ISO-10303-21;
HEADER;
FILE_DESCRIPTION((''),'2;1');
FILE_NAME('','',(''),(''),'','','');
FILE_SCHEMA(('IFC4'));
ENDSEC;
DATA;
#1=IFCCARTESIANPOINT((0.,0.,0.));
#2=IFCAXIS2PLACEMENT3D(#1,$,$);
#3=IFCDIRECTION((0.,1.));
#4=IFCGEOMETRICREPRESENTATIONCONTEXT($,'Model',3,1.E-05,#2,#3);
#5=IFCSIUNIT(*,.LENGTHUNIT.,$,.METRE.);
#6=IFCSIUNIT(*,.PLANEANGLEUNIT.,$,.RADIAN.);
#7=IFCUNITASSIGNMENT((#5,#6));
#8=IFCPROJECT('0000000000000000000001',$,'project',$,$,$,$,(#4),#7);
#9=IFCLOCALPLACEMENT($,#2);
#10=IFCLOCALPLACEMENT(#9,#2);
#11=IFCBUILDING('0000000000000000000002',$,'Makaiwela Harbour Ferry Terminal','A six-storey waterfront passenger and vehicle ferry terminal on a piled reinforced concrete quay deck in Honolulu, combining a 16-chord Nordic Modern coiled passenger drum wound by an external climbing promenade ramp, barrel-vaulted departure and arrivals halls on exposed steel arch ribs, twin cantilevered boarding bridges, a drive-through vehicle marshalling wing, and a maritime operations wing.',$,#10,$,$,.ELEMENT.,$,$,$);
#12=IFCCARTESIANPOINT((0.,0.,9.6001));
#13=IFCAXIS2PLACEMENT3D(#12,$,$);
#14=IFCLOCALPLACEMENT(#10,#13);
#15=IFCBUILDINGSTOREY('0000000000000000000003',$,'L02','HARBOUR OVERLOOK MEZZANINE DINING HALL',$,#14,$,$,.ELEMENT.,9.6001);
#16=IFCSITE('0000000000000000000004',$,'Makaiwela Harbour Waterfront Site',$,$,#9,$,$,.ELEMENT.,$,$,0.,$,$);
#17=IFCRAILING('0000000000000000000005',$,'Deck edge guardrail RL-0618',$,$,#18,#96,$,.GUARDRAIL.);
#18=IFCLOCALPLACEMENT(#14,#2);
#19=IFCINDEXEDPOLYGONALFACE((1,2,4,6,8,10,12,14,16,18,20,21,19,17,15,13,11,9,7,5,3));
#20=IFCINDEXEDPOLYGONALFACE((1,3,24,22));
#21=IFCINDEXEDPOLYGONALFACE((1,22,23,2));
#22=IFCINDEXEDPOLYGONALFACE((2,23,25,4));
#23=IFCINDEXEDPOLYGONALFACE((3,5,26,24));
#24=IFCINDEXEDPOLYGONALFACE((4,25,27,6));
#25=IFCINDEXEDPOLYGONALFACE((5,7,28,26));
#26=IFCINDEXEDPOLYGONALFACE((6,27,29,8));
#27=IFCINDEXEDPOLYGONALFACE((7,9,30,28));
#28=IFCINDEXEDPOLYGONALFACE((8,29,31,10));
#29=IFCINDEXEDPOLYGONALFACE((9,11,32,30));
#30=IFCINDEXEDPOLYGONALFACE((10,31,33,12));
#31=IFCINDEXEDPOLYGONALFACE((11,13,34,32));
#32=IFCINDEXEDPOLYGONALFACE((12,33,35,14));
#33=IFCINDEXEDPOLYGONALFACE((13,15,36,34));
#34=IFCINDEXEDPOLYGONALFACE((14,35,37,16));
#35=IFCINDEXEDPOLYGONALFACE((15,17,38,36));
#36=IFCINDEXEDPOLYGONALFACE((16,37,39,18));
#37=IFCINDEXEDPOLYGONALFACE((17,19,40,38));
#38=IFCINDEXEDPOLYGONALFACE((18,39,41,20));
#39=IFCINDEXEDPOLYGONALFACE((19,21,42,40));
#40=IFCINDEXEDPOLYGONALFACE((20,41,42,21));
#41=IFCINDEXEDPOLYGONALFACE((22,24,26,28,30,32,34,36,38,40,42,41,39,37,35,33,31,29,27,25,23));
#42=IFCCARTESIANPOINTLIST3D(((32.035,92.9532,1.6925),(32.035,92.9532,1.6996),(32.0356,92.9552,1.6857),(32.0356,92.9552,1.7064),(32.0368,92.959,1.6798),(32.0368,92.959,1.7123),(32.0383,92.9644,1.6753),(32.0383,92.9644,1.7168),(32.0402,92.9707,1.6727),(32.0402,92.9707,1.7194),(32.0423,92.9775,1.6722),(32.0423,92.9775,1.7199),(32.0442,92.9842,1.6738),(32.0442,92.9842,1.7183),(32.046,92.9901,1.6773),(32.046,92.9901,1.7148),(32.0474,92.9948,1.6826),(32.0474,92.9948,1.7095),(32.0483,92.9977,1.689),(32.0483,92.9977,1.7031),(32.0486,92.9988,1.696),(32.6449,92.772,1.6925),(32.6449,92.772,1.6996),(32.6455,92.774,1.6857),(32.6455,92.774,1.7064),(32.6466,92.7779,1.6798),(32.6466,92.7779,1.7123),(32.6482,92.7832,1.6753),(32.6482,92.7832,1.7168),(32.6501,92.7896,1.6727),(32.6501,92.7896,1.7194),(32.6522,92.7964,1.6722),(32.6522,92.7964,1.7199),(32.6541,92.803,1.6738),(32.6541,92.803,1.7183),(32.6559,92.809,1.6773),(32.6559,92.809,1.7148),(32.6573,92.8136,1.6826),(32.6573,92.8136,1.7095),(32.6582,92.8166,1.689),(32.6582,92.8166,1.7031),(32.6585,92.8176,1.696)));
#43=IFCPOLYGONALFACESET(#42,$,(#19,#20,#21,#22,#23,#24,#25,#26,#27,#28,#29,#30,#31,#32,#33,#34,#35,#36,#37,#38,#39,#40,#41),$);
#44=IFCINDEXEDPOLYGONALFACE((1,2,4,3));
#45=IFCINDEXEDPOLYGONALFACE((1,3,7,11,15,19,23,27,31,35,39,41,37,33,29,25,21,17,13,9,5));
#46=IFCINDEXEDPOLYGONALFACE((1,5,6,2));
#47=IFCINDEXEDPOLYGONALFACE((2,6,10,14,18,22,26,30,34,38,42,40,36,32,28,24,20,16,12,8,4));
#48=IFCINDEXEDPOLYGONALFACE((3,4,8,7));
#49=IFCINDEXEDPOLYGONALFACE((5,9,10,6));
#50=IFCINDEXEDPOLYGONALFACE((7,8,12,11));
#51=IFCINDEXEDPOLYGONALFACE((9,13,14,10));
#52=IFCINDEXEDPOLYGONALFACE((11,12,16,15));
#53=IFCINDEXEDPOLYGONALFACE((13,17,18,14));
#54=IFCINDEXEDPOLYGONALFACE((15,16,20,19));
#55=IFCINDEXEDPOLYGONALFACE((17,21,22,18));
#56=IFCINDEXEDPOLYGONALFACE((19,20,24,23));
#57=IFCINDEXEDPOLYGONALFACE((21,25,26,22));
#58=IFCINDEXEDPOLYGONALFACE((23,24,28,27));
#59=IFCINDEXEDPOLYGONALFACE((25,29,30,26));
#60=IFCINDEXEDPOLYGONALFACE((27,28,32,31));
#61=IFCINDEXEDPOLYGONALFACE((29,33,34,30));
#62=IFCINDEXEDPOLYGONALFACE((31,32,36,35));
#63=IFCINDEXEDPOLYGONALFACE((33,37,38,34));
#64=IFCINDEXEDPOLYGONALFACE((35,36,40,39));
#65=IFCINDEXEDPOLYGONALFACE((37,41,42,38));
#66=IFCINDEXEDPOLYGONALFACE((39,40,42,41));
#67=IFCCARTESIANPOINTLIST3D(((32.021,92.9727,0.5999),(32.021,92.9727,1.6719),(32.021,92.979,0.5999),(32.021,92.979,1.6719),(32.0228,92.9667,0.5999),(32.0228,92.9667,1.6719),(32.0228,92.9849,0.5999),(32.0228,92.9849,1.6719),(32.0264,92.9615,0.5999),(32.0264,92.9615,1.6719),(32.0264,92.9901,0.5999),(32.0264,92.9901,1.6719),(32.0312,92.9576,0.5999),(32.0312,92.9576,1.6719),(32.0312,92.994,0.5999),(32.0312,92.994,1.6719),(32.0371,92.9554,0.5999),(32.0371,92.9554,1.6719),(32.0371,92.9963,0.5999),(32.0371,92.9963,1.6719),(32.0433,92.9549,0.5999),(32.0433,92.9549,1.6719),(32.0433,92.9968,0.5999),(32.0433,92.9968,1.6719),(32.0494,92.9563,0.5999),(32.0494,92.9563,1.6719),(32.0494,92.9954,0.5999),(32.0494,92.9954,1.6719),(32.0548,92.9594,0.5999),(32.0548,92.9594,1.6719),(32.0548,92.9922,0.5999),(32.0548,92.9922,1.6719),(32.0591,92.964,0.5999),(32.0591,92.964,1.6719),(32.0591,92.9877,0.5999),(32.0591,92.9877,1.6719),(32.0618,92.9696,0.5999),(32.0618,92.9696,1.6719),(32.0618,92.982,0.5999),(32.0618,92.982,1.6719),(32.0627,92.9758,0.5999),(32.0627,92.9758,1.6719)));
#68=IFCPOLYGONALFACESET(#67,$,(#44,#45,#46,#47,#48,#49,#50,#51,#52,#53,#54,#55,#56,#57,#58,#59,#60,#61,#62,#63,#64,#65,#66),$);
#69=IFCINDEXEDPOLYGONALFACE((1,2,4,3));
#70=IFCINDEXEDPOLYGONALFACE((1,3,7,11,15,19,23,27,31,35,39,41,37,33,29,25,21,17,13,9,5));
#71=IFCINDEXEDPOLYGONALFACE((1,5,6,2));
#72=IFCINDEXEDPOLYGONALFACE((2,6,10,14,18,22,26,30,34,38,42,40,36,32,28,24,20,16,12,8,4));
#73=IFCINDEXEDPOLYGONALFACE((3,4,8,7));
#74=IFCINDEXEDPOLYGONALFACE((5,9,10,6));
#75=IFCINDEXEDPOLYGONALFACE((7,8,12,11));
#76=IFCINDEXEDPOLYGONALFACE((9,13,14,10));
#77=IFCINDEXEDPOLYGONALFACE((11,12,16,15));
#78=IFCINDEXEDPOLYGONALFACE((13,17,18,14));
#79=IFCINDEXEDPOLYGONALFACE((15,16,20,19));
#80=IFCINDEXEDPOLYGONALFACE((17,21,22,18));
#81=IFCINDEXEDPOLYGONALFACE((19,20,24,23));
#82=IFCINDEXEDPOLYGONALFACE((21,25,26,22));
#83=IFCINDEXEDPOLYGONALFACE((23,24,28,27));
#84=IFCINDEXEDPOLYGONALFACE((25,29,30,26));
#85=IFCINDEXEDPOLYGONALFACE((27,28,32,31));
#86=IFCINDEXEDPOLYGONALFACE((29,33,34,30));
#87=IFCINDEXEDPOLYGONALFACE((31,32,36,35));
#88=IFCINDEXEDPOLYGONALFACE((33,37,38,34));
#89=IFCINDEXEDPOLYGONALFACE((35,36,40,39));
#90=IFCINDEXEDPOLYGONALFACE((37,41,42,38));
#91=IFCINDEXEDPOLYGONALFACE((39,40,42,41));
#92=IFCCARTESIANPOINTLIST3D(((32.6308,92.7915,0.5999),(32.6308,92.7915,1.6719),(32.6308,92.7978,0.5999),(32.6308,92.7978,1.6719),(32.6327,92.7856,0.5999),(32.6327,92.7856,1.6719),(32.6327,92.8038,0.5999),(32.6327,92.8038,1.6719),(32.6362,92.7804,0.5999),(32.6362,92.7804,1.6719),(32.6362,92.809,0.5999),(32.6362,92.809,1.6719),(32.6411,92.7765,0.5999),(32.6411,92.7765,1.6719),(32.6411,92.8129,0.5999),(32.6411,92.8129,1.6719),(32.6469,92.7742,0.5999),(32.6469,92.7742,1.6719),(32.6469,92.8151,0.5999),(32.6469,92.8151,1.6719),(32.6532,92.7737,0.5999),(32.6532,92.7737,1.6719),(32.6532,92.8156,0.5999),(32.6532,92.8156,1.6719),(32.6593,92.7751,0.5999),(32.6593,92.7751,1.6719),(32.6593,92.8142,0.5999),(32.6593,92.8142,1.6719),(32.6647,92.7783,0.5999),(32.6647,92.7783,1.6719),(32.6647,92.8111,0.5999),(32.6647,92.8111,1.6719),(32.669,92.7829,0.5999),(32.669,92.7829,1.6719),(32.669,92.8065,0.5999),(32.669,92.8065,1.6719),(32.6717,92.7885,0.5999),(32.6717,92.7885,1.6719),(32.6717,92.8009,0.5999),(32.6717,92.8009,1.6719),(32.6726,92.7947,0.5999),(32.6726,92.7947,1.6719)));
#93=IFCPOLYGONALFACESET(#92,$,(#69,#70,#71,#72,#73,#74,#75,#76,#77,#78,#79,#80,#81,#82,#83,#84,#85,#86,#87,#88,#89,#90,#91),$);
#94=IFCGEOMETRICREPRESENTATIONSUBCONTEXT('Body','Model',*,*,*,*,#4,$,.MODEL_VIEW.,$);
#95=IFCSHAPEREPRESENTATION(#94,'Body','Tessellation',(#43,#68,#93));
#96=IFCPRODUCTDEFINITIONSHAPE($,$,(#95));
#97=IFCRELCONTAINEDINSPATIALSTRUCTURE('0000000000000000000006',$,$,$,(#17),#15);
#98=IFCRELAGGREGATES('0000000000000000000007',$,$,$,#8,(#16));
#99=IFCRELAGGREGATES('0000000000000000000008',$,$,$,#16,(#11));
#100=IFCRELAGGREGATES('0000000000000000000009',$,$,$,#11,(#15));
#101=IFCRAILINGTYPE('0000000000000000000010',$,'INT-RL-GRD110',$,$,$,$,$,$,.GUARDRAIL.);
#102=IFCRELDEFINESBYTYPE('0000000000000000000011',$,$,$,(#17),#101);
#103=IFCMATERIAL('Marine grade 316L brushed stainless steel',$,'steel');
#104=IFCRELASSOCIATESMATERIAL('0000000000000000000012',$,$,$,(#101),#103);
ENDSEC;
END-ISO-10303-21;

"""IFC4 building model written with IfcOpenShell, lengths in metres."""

from ifc_helpers import new_model, si_unit, direction, frame, origin, origin_2d, place, context, subcontext, project, spatial, circle, extrude, material, type_object, element, save


model = new_model("IFC4")

# Units and contexts
model_context = context("Model", 3, precision=1e-05, world=origin(), true_north=direction((0.0, 1.0)))
body_context = subcontext(model_context, "Body", "Model", "MODEL_VIEW")
ifc_project = project(units=[si_unit("LENGTHUNIT", "METRE"), si_unit("PLANEANGLEUNIT", "RADIAN")], contexts=[model_context])

# Site, building, storey
site_placement = place(None, origin())
site = spatial("IfcSite", under=ifc_project, at=site_placement, Name="Makaiwela Harbour Waterfront Site", CompositionType="ELEMENT", RefElevation=0.0)
building_placement = place(site_placement, origin())
building = spatial("IfcBuilding", under=site, at=building_placement, Name="Makaiwela Harbour Ferry Terminal", Description="A six-storey waterfront passenger and vehicle ferry terminal on a piled reinforced concrete quay deck in Honolulu, combining a 16-chord Nordic Modern coiled passenger drum wound by an external climbing promenade ramp, barrel-vaulted departure and arrivals halls on exposed steel arch ribs, twin cantilevered boarding bridges, a drive-through vehicle marshalling wing, and a maritime operations wing.", CompositionType="ELEMENT")
storey_placement = place(building_placement, frame((0.0, 0.0, 9.6001)))
storey = spatial("IfcBuildingStorey", under=building, at=storey_placement, Name="L02", Description="HARBOUR OVERLOOK MEZZANINE DINING HALL", CompositionType="ELEMENT", Elevation=9.6001)

# Railing
ifc_material_1 = material(Name="Marine grade 316L brushed stainless steel", Category="steel")
railing_type_1 = type_object("IfcRailingType", Name="INT-RL-GRD110", PredefinedType="GUARDRAIL", material=ifc_material_1)
railing_1_placement = place(storey_placement, frame((32.0417, 92.9758, 0.5999)))
element("IfcRailing", 1, at=railing_1_placement, inside=storey, type_object=railing_type_1, Name="Deck edge guardrail RL-0618", PredefinedType="GUARDRAIL", context=body_context, shape_type="SweptSolid", body=[
    extrude(circle(Radius=0.0239, at=origin_2d()), frame((0.0, 0.0, 1.0962), z_axis=(0.958604, -0.284742, 0.0), x_axis=(0.284742, 0.958604, 0.0)), (0.0, 0.0, 1.0), 0.6362),
    extrude(circle(Radius=0.021, at=origin_2d()), origin(), (0.0, 0.0, 1.0), 1.072),
    extrude(circle(Radius=0.021, at=origin_2d()), frame((0.6099, -0.1812, 0.0)), (0.0, 0.0, 1.0), 1.072),
])

save(model, "model.ifc")
